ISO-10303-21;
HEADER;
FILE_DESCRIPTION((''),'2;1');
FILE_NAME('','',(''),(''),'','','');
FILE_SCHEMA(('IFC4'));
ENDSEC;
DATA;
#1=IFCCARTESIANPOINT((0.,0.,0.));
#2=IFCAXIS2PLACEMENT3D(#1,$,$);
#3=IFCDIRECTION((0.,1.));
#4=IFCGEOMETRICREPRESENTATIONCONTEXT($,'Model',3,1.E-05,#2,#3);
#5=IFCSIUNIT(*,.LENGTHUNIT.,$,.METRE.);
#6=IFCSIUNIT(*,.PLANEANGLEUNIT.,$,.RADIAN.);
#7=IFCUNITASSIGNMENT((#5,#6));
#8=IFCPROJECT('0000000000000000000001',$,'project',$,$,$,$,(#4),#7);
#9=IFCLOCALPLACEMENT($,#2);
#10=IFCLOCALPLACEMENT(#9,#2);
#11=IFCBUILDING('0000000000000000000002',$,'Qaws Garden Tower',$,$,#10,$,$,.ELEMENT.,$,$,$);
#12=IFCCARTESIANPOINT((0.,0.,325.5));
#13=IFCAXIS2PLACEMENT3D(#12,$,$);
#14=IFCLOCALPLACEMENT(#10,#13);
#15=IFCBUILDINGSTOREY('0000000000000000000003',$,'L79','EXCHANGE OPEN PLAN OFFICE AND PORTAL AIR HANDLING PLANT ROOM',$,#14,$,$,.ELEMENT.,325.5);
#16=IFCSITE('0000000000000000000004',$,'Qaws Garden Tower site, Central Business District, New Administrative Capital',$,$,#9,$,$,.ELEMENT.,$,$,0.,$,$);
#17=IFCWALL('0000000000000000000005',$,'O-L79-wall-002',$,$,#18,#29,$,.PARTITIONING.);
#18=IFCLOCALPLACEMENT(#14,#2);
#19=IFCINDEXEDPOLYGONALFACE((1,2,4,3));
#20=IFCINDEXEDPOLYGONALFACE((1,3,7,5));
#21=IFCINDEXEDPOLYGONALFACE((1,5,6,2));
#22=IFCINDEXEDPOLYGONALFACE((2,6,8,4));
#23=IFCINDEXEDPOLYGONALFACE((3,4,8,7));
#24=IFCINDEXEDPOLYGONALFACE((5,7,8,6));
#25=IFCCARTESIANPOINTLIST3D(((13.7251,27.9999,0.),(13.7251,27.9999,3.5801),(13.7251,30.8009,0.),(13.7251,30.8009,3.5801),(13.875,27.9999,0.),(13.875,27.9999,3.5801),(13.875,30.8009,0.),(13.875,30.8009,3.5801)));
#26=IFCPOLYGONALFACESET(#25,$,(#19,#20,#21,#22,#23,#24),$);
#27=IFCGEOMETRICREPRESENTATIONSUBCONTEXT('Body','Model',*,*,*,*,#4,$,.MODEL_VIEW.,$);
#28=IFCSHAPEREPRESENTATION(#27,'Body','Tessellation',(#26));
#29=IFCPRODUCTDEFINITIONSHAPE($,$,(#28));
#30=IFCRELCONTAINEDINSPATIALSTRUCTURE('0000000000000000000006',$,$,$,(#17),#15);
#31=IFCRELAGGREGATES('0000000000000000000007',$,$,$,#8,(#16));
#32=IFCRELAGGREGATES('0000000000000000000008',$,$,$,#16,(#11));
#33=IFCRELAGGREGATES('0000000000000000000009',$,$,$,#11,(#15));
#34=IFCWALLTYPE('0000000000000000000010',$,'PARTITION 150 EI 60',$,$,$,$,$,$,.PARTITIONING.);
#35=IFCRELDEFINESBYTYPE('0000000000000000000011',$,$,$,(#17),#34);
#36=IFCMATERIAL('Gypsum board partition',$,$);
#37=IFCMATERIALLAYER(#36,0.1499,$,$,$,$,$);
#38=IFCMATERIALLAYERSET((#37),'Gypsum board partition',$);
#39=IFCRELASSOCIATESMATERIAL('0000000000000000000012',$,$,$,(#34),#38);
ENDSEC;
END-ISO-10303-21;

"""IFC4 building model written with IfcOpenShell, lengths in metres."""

from ifc_helpers import new_model, si_unit, direction, frame, frame_2d, origin, place, context, subcontext, project, spatial, rectangle, extrude, material, layer, layer_set, type_object, element, save


model = new_model("IFC4")

# Units and contexts
model_context = context("Model", 3, precision=1e-05, world=origin(), true_north=direction((0.0, 1.0)))
body_context = subcontext(model_context, "Body", "Model", "MODEL_VIEW")
ifc_project = project(units=[si_unit("LENGTHUNIT", "METRE"), si_unit("PLANEANGLEUNIT", "RADIAN")], contexts=[model_context])

# Site, building, storey
site_placement = place(None, origin())
site = spatial("IfcSite", under=ifc_project, at=site_placement, Name="Qaws Garden Tower site, Central Business District, New Administrative Capital", CompositionType="ELEMENT", RefElevation=0.0)
building_placement = place(site_placement, origin())
building = spatial("IfcBuilding", under=site, at=building_placement, Name="Qaws Garden Tower", CompositionType="ELEMENT")
storey_placement = place(building_placement, frame((0.0, 0.0, 325.5)))
storey = spatial("IfcBuildingStorey", under=building, at=storey_placement, Name="L79", Description="EXCHANGE OPEN PLAN OFFICE AND PORTAL AIR HANDLING PLANT ROOM", CompositionType="ELEMENT", Elevation=325.5)

# Wall
ifc_material_1 = material(Name="Gypsum board partition")
ifc_layer_1 = layer(ifc_material_1, 0.1499)
ifc_layer_set_1 = layer_set([ifc_layer_1], Name="Gypsum board partition")
wall_type_1 = type_object("IfcWallType", Name="PARTITION 150 EI 60", PredefinedType="PARTITIONING", material=ifc_layer_set_1)
wall_1_placement = place(storey_placement, frame((13.8, 28.0, 0.0), z_axis=(0.0, 0.0, 1.0), x_axis=(0.0, 1.0, 0.0)))
element("IfcWall", 1, at=wall_1_placement, inside=storey, type_object=wall_type_1, Name="O-L79-wall-002", PredefinedType="PARTITIONING", context=body_context, shape_type="SweptSolid", body=[
    extrude(rectangle(XDim=2.801, YDim=0.1499, at=frame_2d((1.4004, 0.0))), origin(), (0.0, 0.0, 1.0), 3.5801),
])

save(model, "model.ifc")
